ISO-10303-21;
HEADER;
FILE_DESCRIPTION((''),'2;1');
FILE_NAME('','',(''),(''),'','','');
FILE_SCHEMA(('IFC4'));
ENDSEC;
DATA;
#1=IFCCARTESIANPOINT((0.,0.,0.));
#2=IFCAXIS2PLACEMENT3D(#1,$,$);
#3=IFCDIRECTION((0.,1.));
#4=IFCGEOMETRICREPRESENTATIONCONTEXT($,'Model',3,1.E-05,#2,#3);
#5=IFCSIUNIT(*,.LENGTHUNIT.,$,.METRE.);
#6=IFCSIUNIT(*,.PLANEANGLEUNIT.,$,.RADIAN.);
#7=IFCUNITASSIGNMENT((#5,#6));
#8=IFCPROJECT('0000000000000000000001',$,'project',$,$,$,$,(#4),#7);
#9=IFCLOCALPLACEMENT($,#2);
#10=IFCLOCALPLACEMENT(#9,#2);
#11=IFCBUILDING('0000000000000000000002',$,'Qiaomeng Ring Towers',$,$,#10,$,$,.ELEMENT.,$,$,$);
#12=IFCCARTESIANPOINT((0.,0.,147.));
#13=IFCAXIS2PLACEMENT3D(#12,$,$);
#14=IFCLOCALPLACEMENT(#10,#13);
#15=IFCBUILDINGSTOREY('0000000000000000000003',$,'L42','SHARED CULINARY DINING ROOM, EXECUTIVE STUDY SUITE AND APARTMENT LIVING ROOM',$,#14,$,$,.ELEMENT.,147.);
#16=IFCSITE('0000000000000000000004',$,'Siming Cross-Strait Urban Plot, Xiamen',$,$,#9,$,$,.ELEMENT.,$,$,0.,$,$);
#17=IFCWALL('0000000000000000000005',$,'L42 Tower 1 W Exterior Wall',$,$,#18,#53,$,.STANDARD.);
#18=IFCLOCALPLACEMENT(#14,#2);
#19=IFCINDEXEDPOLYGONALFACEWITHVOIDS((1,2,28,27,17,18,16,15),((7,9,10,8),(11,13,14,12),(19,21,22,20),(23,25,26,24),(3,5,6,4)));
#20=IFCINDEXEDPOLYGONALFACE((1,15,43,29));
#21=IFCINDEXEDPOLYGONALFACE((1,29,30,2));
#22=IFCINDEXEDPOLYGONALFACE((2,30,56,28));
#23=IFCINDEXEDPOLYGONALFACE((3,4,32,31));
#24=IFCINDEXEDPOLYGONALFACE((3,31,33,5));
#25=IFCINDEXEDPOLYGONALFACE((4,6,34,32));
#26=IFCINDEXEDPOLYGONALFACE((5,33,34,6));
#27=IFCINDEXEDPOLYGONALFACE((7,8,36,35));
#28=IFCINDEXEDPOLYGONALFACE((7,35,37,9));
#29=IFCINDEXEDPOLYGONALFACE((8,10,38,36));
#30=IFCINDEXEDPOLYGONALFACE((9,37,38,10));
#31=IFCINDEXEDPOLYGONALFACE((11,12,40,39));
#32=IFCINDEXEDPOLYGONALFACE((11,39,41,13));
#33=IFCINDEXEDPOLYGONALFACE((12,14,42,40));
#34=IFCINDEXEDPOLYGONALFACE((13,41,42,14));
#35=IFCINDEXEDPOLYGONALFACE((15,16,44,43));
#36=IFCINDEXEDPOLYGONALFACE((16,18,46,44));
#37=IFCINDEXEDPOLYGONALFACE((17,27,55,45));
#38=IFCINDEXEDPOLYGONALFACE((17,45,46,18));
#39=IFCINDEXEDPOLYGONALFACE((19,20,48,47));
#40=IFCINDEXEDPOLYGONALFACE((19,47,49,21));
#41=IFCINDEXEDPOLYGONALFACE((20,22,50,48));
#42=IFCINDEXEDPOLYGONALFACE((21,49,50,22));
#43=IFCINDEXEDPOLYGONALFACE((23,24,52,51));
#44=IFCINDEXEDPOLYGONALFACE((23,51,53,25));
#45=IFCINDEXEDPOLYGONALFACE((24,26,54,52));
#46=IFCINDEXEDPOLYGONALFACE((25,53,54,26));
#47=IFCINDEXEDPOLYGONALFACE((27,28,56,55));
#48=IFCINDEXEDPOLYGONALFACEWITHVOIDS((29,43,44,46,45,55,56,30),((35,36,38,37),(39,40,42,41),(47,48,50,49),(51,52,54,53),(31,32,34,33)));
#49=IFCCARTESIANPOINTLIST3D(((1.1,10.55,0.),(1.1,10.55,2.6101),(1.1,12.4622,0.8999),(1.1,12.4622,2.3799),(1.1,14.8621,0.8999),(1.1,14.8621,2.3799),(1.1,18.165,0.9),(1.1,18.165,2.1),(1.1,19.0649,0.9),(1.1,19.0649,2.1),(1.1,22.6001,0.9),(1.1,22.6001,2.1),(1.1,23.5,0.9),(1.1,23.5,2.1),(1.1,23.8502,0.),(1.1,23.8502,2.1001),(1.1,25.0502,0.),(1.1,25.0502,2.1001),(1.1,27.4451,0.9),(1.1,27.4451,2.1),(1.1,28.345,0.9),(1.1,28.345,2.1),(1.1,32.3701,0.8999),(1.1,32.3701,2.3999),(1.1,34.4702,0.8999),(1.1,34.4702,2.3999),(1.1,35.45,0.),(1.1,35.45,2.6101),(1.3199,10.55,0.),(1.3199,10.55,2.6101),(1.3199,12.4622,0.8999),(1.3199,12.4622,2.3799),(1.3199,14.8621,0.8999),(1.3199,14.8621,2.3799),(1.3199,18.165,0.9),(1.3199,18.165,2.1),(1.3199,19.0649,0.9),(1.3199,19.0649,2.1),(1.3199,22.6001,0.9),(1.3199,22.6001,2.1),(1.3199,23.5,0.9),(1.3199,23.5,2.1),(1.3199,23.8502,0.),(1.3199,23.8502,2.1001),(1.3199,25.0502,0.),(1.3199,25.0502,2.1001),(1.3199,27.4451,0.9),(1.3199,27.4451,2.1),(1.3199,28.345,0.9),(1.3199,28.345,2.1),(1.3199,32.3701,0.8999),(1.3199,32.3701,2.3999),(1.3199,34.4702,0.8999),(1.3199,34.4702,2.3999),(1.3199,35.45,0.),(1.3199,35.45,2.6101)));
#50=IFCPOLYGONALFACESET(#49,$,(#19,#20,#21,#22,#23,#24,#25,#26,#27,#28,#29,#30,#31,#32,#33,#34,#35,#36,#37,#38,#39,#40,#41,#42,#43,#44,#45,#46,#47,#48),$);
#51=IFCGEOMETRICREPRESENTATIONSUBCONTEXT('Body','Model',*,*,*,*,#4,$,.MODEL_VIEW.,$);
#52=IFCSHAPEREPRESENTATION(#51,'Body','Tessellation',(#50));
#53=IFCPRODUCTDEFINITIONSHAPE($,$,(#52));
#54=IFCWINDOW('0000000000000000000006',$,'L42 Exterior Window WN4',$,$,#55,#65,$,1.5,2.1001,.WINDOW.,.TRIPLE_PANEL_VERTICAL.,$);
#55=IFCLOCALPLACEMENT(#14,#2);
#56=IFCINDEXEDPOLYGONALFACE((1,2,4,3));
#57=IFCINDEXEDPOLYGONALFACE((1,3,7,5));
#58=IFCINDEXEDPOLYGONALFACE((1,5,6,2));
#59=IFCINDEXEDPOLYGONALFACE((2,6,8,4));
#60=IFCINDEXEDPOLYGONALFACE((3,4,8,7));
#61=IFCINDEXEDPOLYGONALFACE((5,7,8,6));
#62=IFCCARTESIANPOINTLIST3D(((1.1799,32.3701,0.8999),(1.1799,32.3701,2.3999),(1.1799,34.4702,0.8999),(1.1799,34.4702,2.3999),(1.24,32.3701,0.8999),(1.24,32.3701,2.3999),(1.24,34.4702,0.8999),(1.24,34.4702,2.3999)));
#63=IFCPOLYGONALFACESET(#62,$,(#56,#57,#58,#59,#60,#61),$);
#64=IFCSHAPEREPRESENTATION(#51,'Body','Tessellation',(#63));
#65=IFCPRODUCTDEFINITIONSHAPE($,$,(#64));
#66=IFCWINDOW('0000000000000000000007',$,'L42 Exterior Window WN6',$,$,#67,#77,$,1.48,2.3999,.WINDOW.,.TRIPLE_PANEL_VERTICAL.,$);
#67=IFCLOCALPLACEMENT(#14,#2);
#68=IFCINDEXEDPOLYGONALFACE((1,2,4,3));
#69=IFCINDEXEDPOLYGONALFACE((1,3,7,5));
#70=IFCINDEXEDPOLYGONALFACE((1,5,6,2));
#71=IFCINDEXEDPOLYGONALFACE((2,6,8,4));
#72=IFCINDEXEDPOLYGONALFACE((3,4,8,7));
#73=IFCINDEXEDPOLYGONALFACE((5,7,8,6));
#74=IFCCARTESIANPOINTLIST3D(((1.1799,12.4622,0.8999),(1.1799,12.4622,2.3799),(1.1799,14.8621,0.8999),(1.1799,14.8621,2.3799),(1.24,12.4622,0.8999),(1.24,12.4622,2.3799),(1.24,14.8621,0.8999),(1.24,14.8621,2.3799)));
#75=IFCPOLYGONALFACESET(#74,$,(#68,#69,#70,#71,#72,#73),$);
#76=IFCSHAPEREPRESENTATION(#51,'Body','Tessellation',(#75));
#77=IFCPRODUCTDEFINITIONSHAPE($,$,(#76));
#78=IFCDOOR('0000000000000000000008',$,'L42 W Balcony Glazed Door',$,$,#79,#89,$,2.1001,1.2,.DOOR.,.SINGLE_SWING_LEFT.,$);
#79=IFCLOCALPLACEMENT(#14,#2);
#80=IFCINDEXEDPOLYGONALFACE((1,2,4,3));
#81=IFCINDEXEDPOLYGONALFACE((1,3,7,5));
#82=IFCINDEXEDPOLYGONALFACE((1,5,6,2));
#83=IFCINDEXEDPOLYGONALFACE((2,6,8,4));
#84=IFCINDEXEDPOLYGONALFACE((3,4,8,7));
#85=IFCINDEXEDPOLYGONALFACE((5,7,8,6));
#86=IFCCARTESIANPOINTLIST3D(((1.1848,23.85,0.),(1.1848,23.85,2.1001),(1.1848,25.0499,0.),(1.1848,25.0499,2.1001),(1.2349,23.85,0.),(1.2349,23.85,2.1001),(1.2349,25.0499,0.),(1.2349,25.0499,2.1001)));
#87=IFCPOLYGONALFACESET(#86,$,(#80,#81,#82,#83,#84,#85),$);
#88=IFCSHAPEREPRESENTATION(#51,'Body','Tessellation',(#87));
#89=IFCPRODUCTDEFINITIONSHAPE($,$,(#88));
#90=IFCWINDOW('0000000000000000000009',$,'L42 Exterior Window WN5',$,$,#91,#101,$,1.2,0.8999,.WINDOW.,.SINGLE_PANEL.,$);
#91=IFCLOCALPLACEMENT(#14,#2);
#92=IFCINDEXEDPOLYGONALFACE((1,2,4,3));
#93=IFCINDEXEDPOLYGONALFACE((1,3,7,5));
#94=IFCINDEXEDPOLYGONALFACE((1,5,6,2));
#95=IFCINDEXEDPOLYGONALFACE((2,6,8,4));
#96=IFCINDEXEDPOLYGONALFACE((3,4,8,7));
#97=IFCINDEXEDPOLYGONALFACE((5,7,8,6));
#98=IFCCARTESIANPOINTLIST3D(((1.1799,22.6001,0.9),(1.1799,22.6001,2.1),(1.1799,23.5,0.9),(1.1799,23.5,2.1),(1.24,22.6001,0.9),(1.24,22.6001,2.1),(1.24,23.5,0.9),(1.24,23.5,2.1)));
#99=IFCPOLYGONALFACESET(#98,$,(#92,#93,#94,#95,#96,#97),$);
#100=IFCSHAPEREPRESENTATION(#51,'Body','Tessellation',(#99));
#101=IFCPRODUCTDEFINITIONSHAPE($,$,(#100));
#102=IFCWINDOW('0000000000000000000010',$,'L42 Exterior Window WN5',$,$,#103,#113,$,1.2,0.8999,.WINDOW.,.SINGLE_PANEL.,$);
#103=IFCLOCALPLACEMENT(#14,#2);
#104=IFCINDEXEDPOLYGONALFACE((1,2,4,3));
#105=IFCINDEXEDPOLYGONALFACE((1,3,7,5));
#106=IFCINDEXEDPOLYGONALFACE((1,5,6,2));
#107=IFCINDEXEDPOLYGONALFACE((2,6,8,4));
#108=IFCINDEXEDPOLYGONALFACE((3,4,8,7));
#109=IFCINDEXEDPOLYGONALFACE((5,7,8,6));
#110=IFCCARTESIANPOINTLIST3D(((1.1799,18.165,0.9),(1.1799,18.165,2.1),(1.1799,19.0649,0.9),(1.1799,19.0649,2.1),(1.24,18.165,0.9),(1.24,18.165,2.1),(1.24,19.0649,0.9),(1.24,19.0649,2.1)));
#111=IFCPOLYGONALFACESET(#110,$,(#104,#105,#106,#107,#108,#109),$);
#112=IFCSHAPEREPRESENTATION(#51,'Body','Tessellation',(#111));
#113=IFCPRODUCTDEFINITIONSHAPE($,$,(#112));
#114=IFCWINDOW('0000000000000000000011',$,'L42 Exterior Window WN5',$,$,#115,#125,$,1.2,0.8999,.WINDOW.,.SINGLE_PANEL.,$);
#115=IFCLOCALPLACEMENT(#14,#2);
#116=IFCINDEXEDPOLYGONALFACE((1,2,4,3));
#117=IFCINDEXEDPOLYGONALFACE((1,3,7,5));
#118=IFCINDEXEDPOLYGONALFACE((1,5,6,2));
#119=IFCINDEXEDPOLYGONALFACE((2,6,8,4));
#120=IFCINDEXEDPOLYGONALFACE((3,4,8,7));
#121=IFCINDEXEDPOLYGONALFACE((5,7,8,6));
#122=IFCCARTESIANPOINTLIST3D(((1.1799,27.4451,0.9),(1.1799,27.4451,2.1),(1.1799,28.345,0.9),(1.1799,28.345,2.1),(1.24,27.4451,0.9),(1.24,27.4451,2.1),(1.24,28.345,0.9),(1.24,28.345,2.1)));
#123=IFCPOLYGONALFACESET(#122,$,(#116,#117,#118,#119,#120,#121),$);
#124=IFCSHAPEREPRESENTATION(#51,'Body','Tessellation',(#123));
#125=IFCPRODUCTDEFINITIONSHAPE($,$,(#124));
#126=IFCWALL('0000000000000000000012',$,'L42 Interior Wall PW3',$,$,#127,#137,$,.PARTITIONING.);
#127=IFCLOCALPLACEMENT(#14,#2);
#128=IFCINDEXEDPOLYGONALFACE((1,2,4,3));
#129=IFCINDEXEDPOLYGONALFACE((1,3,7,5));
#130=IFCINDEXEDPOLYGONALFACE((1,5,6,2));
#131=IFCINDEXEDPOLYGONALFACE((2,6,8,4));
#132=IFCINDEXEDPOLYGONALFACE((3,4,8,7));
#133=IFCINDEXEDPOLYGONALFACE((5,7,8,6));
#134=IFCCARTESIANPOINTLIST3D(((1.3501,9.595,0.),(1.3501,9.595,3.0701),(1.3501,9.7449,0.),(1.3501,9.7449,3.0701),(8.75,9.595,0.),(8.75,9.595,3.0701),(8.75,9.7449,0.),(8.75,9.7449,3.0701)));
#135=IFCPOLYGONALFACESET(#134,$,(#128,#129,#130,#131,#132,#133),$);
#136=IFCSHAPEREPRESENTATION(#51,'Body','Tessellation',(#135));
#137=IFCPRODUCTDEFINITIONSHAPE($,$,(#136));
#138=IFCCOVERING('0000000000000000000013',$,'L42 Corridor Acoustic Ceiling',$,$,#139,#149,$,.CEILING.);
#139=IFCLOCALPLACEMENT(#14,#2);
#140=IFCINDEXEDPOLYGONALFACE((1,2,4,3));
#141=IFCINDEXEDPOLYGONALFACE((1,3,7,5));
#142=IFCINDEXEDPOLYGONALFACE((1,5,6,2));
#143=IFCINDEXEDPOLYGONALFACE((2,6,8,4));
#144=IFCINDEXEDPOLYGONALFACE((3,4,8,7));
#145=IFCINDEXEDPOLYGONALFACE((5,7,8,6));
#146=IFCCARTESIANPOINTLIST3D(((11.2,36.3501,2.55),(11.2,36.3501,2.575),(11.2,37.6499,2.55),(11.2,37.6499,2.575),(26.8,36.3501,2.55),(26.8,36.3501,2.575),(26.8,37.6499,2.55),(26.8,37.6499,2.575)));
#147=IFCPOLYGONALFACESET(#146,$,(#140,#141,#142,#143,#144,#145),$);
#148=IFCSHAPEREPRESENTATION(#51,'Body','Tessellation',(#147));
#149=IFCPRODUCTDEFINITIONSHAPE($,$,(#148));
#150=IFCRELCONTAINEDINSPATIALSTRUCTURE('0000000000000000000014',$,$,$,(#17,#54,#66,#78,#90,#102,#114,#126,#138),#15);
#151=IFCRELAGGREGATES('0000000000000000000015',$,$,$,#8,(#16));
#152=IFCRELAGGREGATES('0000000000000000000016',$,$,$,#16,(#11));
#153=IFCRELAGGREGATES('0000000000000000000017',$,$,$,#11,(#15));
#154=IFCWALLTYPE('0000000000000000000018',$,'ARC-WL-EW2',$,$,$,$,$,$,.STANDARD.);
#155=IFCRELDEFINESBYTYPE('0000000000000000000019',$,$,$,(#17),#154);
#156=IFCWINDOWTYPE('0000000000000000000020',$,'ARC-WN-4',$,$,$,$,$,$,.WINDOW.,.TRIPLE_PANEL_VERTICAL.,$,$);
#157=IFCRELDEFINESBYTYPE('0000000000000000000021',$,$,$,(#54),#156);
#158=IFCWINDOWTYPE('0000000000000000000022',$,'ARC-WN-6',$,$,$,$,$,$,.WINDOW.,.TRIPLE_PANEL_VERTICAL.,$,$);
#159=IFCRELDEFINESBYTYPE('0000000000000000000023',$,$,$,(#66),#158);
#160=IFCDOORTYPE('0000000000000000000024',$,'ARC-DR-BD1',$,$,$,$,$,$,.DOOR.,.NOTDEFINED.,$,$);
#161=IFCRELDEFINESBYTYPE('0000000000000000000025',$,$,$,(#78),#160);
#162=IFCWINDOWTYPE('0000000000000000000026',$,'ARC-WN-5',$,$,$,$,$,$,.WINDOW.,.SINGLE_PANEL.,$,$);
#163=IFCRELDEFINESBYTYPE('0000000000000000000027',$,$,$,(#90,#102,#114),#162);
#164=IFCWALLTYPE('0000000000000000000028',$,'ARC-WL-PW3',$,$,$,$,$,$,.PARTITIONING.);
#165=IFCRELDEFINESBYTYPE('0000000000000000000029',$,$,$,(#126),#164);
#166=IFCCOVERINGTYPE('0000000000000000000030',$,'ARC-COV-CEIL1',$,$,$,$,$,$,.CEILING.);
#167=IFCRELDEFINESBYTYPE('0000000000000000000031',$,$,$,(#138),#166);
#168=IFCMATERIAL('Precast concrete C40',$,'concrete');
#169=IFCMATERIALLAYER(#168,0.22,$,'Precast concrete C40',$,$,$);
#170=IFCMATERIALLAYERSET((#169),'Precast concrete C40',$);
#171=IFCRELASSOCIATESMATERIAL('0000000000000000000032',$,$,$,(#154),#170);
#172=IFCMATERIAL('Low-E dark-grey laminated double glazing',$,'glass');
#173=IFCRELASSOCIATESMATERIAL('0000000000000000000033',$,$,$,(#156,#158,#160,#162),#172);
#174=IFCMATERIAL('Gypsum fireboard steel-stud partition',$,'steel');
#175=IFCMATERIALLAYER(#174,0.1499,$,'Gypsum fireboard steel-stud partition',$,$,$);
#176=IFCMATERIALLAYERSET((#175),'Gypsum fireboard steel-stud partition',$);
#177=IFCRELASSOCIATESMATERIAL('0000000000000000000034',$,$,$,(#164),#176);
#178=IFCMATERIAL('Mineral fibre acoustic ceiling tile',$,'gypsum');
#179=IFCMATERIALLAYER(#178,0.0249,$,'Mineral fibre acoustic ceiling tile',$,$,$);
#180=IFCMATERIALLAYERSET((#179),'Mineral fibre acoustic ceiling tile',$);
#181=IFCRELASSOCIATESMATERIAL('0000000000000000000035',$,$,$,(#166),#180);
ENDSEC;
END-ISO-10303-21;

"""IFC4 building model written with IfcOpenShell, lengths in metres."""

from ifc_helpers import new_model, si_unit, direction, frame, frame_2d, origin, place, context, subcontext, project, spatial, polyline, rectangle, outline, extrude, source, transform, mapped, material, layer, layer_set, type_object, element, fill, save


model = new_model("IFC4")

# Units and contexts
model_context = context("Model", 3, precision=1e-05, world=origin(), true_north=direction((0.0, 1.0)))
body_context = subcontext(model_context, "Body", "Model", "MODEL_VIEW")
ifc_project = project(units=[si_unit("LENGTHUNIT", "METRE"), si_unit("PLANEANGLEUNIT", "RADIAN")], contexts=[model_context])

# Site, building, storey
site_placement = place(None, origin())
site = spatial("IfcSite", under=ifc_project, at=site_placement, Name="Siming Cross-Strait Urban Plot, Xiamen", CompositionType="ELEMENT", RefElevation=0.0)
building_placement = place(site_placement, origin())
building = spatial("IfcBuilding", under=site, at=building_placement, Name="Qiaomeng Ring Towers", CompositionType="ELEMENT")
storey_placement = place(building_placement, frame((0.0, 0.0, 147.0)))
storey = spatial("IfcBuildingStorey", under=building, at=storey_placement, Name="L42", Description="SHARED CULINARY DINING ROOM, EXECUTIVE STUDY SUITE AND APARTMENT LIVING ROOM", CompositionType="ELEMENT", Elevation=147.0)

# Shared definitions
ifc_material_1 = material(Name="Precast concrete C40", Category="concrete")

# Wall, openings, windows, door
ifc_layer_1 = layer(ifc_material_1, 0.22, Name="Precast concrete C40")
ifc_layer_set_1 = layer_set([ifc_layer_1], Name="Precast concrete C40")
wall_type_1 = type_object("IfcWallType", Name="ARC-WL-EW2", PredefinedType="STANDARD", material=ifc_layer_set_1)
wall_1_placement = place(storey_placement, frame((1.21, 10.55, 0.0), z_axis=(0.0, 0.0, 1.0), x_axis=(0.0, 1.0, 0.0)))
wall_1 = element("IfcWall", 1, at=wall_1_placement, inside=storey, type_object=wall_type_1, Name="L42 Tower 1 W Exterior Wall", PredefinedType="STANDARD", context=body_context, shape_type="SweptSolid", body=[
    extrude(rectangle(XDim=24.8999, YDim=0.22, at=frame_2d((12.45, 0.0))), origin(), (0.0, 0.0, 1.0), 2.6101),
])
opening_1_placement = place(wall_1_placement, frame((13.3, 0.0, 0.0)))
opening_1 = element("IfcOpeningElement", 2, at=opening_1_placement, cuts=wall_1, PredefinedType="OPENING", context=body_context, shape_type="SweptSolid", body=[
    extrude(rectangle(XDim=1.2, YDim=2.1001, at=frame_2d((0.6001, 1.05))), frame((0.0, 0.1199, 0.0), z_axis=(0.0, -1.0, 0.0), x_axis=(1.0, 0.0, 0.0)), (0.0, 0.0, 1.0), 0.24),
])
opening_2_placement = place(wall_1_placement, frame((1.9121, 0.0, 0.8999)))
opening_2 = element("IfcOpeningElement", 3, at=opening_2_placement, cuts=wall_1, PredefinedType="OPENING", context=body_context, shape_type="SweptSolid", body=[
    extrude(rectangle(XDim=2.3999, YDim=1.48, at=frame_2d((1.2, 0.74))), frame((0.0, 0.1199, 0.0), z_axis=(0.0, -1.0, 0.0), x_axis=(1.0, 0.0, 0.0)), (0.0, 0.0, 1.0), 0.24),
])
opening_3_placement = place(wall_1_placement, frame((21.8201, 0.0, 0.8999)))
opening_3 = element("IfcOpeningElement", 4, at=opening_3_placement, cuts=wall_1, PredefinedType="OPENING", context=body_context, shape_type="SweptSolid", body=[
    extrude(rectangle(XDim=2.1001, YDim=1.5, at=frame_2d((1.05, 0.75))), frame((0.0, 0.1199, 0.0), z_axis=(0.0, -1.0, 0.0), x_axis=(1.0, 0.0, 0.0)), (0.0, 0.0, 1.0), 0.24),
])
opening_4_placement = place(wall_1_placement, frame((12.05, 0.0, 0.8999)))
opening_4 = element("IfcOpeningElement", 5, at=opening_4_placement, cuts=wall_1, PredefinedType="OPENING", context=body_context, shape_type="SweptSolid", body=[
    extrude(rectangle(XDim=0.8999, YDim=1.2, at=frame_2d((0.45, 0.6001))), frame((0.0, 0.1199, 0.0), z_axis=(0.0, -1.0, 0.0), x_axis=(1.0, 0.0, 0.0)), (0.0, 0.0, 1.0), 0.24),
])
opening_5_placement = place(wall_1_placement, frame((7.615, 0.0, 0.8999)))
opening_5 = element("IfcOpeningElement", 6, at=opening_5_placement, cuts=wall_1, PredefinedType="OPENING", context=body_context, shape_type="SweptSolid", body=[
    extrude(rectangle(XDim=0.8999, YDim=1.2, at=frame_2d((0.45, 0.6001))), frame((0.0, 0.1199, 0.0), z_axis=(0.0, -1.0, 0.0), x_axis=(1.0, 0.0, 0.0)), (0.0, 0.0, 1.0), 0.24),
])
opening_6_placement = place(wall_1_placement, frame((16.895, 0.0, 0.8999)))
opening_6 = element("IfcOpeningElement", 7, at=opening_6_placement, cuts=wall_1, PredefinedType="OPENING", context=body_context, shape_type="SweptSolid", body=[
    extrude(rectangle(XDim=0.8999, YDim=1.2, at=frame_2d((0.45, 0.6001))), frame((0.0, 0.1199, 0.0), z_axis=(0.0, -1.0, 0.0), x_axis=(1.0, 0.0, 0.0)), (0.0, 0.0, 1.0), 0.24),
])
ifc_material_2 = material(Name="Low-E dark-grey laminated double glazing", Category="glass")
window_type_1 = type_object("IfcWindowType", Name="ARC-WN-4", PartitioningType="TRIPLE_PANEL_VERTICAL", PredefinedType="WINDOW", material=ifc_material_2)
shared_shape_1 = source(origin(), body_context, "Body", "SweptSolid", [
    extrude(rectangle(XDim=2.1001, YDim=1.5, at=frame_2d((1.05, 0.75))), frame((0.0, 0.03, 0.0), z_axis=(0.0, -1.0, 0.0), x_axis=(1.0, 0.0, 0.0)), (0.0, 0.0, 1.0), 0.0601),
])
window_1_placement = place(opening_3_placement, origin())
window_1 = element("IfcWindow", 8, at=window_1_placement, inside=storey, type_object=window_type_1, Name="L42 Exterior Window WN4", OverallHeight=1.5, OverallWidth=2.1001, PartitioningType="TRIPLE_PANEL_VERTICAL", PredefinedType="WINDOW", context=body_context, shape_type="MappedRepresentation", body=[
    mapped(shared_shape_1, transform((0.0, 0.0, 0.0), x_axis=(1.0, 0.0, 0.0), y_axis=(0.0, 1.0, 0.0), z_axis=(0.0, 0.0, 1.0), scale=1.0)),
])
fill(opening_3, window_1)
window_type_2 = type_object("IfcWindowType", Name="ARC-WN-6", PartitioningType="TRIPLE_PANEL_VERTICAL", PredefinedType="WINDOW", material=ifc_material_2)
shared_shape_2 = source(origin(), body_context, "Body", "SweptSolid", [
    extrude(rectangle(XDim=2.3999, YDim=1.48, at=frame_2d((1.2, 0.74))), frame((0.0, 0.03, 0.0), z_axis=(0.0, -1.0, 0.0), x_axis=(1.0, 0.0, 0.0)), (0.0, 0.0, 1.0), 0.0601),
])
window_2_placement = place(opening_2_placement, origin())
window_2 = element("IfcWindow", 9, at=window_2_placement, inside=storey, type_object=window_type_2, Name="L42 Exterior Window WN6", OverallHeight=1.48, OverallWidth=2.3999, PartitioningType="TRIPLE_PANEL_VERTICAL", PredefinedType="WINDOW", context=body_context, shape_type="MappedRepresentation", body=[
    mapped(shared_shape_2, transform((0.0, 0.0, 0.0), x_axis=(1.0, 0.0, 0.0), y_axis=(0.0, 1.0, 0.0), z_axis=(0.0, 0.0, 1.0), scale=1.0)),
])
fill(opening_2, window_2)
door_type = type_object("IfcDoorType", Name="ARC-DR-BD1", OperationType="NOTDEFINED", PredefinedType="DOOR", material=ifc_material_2)
shared_shape_3 = source(origin(), body_context, "Body", "SweptSolid", [
    extrude(rectangle(XDim=1.2, YDim=2.1001, at=frame_2d((0.6001, 1.05))), frame((0.0, 0.0249, 0.0), z_axis=(0.0, -1.0, 0.0), x_axis=(1.0, 0.0, 0.0)), (0.0, 0.0, 1.0), 0.05),
])
door_placement = place(opening_1_placement, frame((1.2, 0.0, 0.0), z_axis=(0.0, 0.0, 1.0), x_axis=(-1.0, 0.0, 0.0)))
door = element("IfcDoor", 10, at=door_placement, inside=storey, type_object=door_type, Name="L42 W Balcony Glazed Door", OperationType="SINGLE_SWING_LEFT", OverallHeight=2.1001, OverallWidth=1.2, PredefinedType="DOOR", context=body_context, shape_type="MappedRepresentation", body=[
    mapped(shared_shape_3, transform((0.0, 0.0, 0.0), x_axis=(1.0, 0.0, 0.0), y_axis=(0.0, 1.0, 0.0), z_axis=(0.0, 0.0, 1.0), scale=1.0)),
])
fill(opening_1, door)
window_type_3 = type_object("IfcWindowType", Name="ARC-WN-5", PartitioningType="SINGLE_PANEL", PredefinedType="WINDOW", material=ifc_material_2)
shared_shape_4 = source(origin(), body_context, "Body", "SweptSolid", [
    extrude(rectangle(XDim=0.8999, YDim=1.2, at=frame_2d((0.45, 0.6001))), frame((0.0, 0.03, 0.0), z_axis=(0.0, -1.0, 0.0), x_axis=(1.0, 0.0, 0.0)), (0.0, 0.0, 1.0), 0.0601),
])
window_3_placement = place(opening_4_placement, origin())
window_3 = element("IfcWindow", 11, at=window_3_placement, inside=storey, type_object=window_type_3, Name="L42 Exterior Window WN5", OverallHeight=1.2, OverallWidth=0.8999, PartitioningType="SINGLE_PANEL", PredefinedType="WINDOW", context=body_context, shape_type="MappedRepresentation", body=[
    mapped(shared_shape_4, transform((0.0, 0.0, 0.0), x_axis=(1.0, 0.0, 0.0), y_axis=(0.0, 1.0, 0.0), z_axis=(0.0, 0.0, 1.0), scale=1.0)),
])
fill(opening_4, window_3)
window_4_placement = place(opening_5_placement, origin())
window_4 = element("IfcWindow", 12, at=window_4_placement, inside=storey, type_object=window_type_3, Name="L42 Exterior Window WN5", OverallHeight=1.2, OverallWidth=0.8999, PartitioningType="SINGLE_PANEL", PredefinedType="WINDOW", context=body_context, shape_type="MappedRepresentation", body=[
    mapped(shared_shape_4, transform((0.0, 0.0, 0.0), x_axis=(1.0, 0.0, 0.0), y_axis=(0.0, 1.0, 0.0), z_axis=(0.0, 0.0, 1.0), scale=1.0)),
])
fill(opening_5, window_4)
window_5_placement = place(opening_6_placement, origin())
window_5 = element("IfcWindow", 13, at=window_5_placement, inside=storey, type_object=window_type_3, Name="L42 Exterior Window WN5", OverallHeight=1.2, OverallWidth=0.8999, PartitioningType="SINGLE_PANEL", PredefinedType="WINDOW", context=body_context, shape_type="MappedRepresentation", body=[
    mapped(shared_shape_4, transform((0.0, 0.0, 0.0), x_axis=(1.0, 0.0, 0.0), y_axis=(0.0, 1.0, 0.0), z_axis=(0.0, 0.0, 1.0), scale=1.0)),
])
fill(opening_6, window_5)

# Wall
ifc_material_3 = material(Name="Gypsum fireboard steel-stud partition", Category="steel")
ifc_layer_2 = layer(ifc_material_3, 0.1499, Name="Gypsum fireboard steel-stud partition")
ifc_layer_set_2 = layer_set([ifc_layer_2], Name="Gypsum fireboard steel-stud partition")
wall_type_2 = type_object("IfcWallType", Name="ARC-WL-PW3", PredefinedType="PARTITIONING", material=ifc_layer_set_2)
wall_2_placement = place(storey_placement, frame((1.3501, 9.6699, 0.0), z_axis=(0.0, 0.0, 1.0), x_axis=(1.0, 0.0, 0.0)))
element("IfcWall", 14, at=wall_2_placement, inside=storey, type_object=wall_type_2, Name="L42 Interior Wall PW3", PredefinedType="PARTITIONING", context=body_context, shape_type="SweptSolid", body=[
    extrude(rectangle(XDim=7.3999, YDim=0.1499, at=frame_2d((3.7, 0.0))), origin(), (0.0, 0.0, 1.0), 3.0701),
])

# Covering
ifc_material_4 = material(Name="Mineral fibre acoustic ceiling tile", Category="gypsum")
ifc_layer_3 = layer(ifc_material_4, 0.0249, Name="Mineral fibre acoustic ceiling tile")
ifc_layer_set_3 = layer_set([ifc_layer_3], Name="Mineral fibre acoustic ceiling tile")
covering_type_1 = type_object("IfcCoveringType", Name="ARC-COV-CEIL1", PredefinedType="CEILING", material=ifc_layer_set_3)
covering_1_placement = place(storey_placement, frame((0.0, 0.0, 2.55)))
element("IfcCovering", 15, at=covering_1_placement, inside=storey, type_object=covering_type_1, Name="L42 Corridor Acoustic Ceiling", PredefinedType="CEILING", context=body_context, shape_type="SweptSolid", body=[
    extrude(outline(polyline([(11.2, 36.3501), (11.2, 37.6499), (26.8, 37.6499), (26.8, 36.3501), (11.2, 36.3501)])), origin(), (0.0, 0.0, 1.0), 0.0249),
])

save(model, "model.ifc")
